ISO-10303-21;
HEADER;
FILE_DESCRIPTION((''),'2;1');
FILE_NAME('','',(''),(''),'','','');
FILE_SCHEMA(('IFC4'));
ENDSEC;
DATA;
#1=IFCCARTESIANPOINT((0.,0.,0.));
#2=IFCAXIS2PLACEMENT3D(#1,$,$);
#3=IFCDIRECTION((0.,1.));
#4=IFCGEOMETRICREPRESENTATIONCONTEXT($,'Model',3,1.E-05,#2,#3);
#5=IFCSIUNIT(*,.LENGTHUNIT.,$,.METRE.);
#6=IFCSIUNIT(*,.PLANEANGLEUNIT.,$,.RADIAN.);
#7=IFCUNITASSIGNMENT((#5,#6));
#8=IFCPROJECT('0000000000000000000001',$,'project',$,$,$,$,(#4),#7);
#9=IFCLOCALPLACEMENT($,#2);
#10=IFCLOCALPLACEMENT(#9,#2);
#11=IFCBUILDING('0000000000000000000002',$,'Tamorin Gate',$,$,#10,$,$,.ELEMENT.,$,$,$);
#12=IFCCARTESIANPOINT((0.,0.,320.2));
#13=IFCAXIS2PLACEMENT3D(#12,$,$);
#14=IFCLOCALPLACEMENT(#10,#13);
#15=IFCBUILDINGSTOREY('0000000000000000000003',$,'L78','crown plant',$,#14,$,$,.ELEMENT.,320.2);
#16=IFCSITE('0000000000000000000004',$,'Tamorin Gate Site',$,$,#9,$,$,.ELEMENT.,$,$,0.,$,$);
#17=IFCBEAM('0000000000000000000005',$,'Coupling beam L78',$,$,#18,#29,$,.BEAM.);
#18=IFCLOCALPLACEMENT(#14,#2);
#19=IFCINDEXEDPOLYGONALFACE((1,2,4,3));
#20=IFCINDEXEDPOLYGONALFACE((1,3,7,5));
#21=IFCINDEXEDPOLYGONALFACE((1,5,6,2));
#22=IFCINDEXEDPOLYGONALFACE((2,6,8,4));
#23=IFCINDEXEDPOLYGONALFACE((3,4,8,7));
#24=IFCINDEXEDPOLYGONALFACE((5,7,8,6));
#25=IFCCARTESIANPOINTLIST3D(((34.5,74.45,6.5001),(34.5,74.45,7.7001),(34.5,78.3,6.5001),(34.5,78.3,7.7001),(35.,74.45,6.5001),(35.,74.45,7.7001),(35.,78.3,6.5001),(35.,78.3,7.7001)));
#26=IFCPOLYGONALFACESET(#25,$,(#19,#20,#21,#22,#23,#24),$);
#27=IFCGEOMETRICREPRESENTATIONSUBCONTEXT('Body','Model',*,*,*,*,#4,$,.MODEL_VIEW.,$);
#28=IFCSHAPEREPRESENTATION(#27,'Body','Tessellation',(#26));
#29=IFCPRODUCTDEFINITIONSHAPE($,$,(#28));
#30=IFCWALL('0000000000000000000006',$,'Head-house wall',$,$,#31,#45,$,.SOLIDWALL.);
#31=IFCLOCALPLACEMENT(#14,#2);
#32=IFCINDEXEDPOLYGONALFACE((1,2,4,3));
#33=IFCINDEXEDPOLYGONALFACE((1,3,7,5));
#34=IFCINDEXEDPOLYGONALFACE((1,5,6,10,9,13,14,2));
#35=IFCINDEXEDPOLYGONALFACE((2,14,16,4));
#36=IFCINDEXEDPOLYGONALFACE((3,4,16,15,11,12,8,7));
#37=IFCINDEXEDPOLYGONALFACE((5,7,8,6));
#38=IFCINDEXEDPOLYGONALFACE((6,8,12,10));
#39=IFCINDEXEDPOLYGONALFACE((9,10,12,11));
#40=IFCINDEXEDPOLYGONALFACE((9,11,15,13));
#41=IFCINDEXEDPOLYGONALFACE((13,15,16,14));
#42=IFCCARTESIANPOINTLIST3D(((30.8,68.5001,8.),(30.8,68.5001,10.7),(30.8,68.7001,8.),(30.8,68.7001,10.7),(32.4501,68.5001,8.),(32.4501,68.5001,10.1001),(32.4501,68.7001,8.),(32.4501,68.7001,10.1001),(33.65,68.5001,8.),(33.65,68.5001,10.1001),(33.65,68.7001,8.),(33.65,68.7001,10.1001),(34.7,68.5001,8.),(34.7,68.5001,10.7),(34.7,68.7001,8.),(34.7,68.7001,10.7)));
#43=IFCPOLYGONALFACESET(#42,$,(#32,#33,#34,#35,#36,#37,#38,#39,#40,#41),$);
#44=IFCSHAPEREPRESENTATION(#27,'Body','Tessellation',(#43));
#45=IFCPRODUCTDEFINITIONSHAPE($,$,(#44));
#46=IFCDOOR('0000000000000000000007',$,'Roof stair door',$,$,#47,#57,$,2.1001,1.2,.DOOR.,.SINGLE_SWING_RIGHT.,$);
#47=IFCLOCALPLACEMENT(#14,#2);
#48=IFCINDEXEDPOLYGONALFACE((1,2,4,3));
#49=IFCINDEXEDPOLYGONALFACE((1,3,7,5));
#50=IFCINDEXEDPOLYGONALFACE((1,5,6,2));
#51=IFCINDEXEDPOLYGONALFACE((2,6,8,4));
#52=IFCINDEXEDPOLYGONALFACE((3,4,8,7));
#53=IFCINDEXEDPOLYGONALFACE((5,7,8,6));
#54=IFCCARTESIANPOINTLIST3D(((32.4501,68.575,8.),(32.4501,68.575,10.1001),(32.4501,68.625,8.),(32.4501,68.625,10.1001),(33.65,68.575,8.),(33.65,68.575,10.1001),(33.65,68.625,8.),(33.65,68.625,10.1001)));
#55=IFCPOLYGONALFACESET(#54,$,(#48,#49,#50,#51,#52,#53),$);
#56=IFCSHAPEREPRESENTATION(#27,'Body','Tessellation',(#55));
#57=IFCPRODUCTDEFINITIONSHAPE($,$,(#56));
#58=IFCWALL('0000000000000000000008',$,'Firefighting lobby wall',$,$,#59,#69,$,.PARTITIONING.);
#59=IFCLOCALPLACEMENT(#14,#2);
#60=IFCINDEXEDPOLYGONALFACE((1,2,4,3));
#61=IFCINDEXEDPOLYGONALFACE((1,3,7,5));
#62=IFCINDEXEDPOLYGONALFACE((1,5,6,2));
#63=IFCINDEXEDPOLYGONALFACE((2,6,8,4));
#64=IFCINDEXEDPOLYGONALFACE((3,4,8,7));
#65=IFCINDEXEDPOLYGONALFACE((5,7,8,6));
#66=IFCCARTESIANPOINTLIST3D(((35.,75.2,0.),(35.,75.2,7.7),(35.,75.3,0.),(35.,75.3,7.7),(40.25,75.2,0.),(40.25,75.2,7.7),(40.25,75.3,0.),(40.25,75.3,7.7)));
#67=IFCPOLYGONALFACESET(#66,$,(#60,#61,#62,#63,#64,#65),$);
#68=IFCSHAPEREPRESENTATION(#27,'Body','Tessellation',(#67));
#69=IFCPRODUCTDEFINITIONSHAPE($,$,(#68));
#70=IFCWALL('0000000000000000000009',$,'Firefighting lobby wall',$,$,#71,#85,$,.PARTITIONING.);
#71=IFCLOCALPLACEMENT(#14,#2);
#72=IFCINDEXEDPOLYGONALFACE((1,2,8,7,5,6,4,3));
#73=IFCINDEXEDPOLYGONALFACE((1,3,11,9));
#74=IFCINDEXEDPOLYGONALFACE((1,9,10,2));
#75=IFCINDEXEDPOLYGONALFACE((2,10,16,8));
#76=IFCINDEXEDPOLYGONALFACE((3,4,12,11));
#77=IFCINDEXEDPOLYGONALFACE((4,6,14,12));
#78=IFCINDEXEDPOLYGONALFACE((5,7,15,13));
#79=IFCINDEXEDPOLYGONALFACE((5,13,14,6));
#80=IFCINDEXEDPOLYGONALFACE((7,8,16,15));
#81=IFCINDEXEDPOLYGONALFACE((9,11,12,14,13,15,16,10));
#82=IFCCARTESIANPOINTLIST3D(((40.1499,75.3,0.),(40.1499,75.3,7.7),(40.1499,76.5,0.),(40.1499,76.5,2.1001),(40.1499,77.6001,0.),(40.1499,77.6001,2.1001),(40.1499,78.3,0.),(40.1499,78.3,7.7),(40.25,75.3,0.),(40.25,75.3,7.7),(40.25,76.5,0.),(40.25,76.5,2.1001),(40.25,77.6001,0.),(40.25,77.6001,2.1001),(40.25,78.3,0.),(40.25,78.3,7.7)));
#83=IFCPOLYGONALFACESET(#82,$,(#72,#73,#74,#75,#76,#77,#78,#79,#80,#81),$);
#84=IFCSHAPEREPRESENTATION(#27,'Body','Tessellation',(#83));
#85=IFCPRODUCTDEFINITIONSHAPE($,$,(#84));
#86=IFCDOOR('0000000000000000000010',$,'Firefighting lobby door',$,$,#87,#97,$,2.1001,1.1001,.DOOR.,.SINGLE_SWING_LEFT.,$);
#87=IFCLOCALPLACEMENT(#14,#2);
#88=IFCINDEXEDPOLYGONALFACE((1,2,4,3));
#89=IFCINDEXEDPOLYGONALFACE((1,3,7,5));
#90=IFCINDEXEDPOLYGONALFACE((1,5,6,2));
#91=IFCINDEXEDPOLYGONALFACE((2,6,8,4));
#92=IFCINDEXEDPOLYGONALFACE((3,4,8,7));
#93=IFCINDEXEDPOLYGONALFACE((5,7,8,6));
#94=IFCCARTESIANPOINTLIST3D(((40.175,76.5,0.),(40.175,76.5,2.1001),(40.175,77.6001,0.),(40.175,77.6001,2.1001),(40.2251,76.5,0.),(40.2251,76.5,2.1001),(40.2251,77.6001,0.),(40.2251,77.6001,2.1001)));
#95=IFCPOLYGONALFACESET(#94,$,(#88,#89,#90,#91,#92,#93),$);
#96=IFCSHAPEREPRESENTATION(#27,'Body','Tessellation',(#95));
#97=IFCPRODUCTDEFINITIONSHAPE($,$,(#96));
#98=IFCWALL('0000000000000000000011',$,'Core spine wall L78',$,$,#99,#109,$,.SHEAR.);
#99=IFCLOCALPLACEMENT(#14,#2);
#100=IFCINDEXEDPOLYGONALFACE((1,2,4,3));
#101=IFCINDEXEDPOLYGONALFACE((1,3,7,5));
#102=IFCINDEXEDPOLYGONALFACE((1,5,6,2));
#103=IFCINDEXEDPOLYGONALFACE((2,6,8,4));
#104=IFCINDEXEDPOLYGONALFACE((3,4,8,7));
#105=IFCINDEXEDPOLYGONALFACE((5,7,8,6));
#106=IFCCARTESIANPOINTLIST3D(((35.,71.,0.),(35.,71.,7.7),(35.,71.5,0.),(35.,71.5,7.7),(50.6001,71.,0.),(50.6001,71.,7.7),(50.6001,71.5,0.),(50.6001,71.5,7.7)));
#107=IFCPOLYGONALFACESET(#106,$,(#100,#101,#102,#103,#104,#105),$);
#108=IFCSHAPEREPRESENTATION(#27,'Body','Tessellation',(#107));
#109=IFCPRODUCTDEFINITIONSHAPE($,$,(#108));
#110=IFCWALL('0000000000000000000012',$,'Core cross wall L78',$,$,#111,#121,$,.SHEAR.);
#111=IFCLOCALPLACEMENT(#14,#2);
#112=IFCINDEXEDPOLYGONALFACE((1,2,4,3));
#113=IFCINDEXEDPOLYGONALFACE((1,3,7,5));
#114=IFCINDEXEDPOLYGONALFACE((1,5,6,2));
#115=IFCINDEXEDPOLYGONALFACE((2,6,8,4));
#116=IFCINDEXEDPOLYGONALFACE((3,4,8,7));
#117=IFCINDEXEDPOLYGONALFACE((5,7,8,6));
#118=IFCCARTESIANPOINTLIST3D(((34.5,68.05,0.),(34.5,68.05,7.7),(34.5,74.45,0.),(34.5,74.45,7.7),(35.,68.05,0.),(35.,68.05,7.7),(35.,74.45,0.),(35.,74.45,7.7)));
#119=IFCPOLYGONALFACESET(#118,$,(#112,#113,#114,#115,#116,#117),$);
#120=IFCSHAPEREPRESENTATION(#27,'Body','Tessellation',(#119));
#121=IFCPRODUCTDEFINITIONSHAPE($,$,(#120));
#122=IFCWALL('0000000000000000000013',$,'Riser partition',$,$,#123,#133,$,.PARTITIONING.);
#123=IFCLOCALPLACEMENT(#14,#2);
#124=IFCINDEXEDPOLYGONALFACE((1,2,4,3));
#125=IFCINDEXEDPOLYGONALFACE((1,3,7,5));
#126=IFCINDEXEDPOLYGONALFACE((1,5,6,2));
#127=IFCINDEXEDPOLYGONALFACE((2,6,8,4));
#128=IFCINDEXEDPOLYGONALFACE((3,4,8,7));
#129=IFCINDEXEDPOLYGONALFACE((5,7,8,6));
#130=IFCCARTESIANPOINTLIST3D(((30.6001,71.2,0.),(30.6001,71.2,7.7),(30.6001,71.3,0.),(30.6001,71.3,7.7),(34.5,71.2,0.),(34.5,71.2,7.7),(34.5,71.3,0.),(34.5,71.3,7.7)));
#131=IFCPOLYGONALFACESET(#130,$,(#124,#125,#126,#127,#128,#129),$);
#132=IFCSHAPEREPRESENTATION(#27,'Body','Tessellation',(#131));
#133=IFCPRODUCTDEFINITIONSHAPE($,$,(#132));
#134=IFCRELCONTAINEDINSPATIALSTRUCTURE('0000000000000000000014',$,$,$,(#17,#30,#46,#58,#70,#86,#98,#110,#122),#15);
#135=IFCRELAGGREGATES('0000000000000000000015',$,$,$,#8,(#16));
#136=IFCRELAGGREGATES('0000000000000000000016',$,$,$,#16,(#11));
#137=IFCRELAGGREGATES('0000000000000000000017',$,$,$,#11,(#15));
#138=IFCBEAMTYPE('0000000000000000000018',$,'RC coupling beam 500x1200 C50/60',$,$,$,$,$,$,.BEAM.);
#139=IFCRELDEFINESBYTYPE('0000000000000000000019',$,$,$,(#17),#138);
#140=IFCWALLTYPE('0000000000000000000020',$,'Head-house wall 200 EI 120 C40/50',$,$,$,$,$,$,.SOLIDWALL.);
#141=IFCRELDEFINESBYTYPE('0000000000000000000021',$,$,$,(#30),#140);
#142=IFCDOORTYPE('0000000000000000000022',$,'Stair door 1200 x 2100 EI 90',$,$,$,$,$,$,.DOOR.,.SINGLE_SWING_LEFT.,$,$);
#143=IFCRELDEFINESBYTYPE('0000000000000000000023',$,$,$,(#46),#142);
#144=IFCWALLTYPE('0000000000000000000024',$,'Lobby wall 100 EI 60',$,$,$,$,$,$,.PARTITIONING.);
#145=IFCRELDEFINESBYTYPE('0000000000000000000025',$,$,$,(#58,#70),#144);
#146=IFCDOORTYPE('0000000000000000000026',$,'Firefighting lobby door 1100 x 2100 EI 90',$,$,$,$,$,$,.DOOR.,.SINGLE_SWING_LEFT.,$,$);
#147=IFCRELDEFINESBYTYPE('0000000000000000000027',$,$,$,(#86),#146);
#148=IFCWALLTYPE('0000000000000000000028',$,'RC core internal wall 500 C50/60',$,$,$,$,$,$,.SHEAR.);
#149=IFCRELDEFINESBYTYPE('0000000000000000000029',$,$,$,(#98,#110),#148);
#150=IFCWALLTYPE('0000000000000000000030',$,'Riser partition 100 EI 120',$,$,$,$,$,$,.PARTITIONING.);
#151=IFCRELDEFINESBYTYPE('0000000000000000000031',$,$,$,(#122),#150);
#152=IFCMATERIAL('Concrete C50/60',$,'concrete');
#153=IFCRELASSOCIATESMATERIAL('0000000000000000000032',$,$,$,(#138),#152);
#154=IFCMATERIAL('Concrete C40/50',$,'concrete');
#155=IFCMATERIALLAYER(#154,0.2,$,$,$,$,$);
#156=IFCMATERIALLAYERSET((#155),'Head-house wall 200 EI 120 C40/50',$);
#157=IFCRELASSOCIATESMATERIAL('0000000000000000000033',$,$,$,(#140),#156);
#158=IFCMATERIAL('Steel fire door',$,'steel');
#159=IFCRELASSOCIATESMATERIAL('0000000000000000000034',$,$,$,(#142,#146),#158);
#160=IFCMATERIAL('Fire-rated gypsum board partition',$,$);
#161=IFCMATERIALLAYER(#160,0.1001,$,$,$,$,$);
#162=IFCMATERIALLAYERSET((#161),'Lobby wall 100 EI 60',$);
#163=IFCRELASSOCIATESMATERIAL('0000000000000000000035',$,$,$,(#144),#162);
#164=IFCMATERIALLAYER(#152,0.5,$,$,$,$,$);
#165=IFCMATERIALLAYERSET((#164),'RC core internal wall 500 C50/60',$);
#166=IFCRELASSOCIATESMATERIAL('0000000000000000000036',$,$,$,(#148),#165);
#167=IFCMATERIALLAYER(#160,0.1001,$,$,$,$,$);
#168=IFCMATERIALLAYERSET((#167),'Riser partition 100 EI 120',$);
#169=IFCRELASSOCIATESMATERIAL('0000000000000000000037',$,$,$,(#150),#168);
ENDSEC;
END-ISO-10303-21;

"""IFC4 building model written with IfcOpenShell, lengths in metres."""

from ifc_helpers import new_model, si_unit, direction, frame, frame_2d, origin, origin_2d, place, context, subcontext, project, spatial, rectangle, extrude, material, layer, layer_set, material_profile, profile_set, type_object, element, fill, save


model = new_model("IFC4")

# Units and contexts
model_context = context("Model", 3, precision=1e-05, world=origin(), true_north=direction((0.0, 1.0)))
body_context = subcontext(model_context, "Body", "Model", "MODEL_VIEW")
ifc_project = project(units=[si_unit("LENGTHUNIT", "METRE"), si_unit("PLANEANGLEUNIT", "RADIAN")], contexts=[model_context])

# Site, building, storey
site_placement = place(None, origin())
site = spatial("IfcSite", under=ifc_project, at=site_placement, Name="Tamorin Gate Site", CompositionType="ELEMENT", RefElevation=0.0)
building_placement = place(site_placement, origin())
building = spatial("IfcBuilding", under=site, at=building_placement, Name="Tamorin Gate", CompositionType="ELEMENT")
storey_placement = place(building_placement, frame((0.0, 0.0, 320.2)))
storey = spatial("IfcBuildingStorey", under=building, at=storey_placement, Name="L78", Description="crown plant", CompositionType="ELEMENT", Elevation=320.2)

# Beam
ifc_material_1 = material(Name="Concrete C50/60", Category="concrete")
ifc_material_profile = material_profile(ifc_material_1, rectangle(XDim=0.5, YDim=1.2, at=origin_2d()), Name="RC 500x1200")
ifc_profile_set = profile_set([ifc_material_profile], Name="Concrete C50/60")
beam_type = type_object("IfcBeamType", Name="RC coupling beam 500x1200 C50/60", PredefinedType="BEAM", material=ifc_profile_set)
beam_placement = place(storey_placement, frame((34.75, 74.45, 7.1001), z_axis=(0.0, 1.0, 0.0), x_axis=(-1.0, 0.0, 0.0)))
element("IfcBeam", 1, at=beam_placement, inside=storey, type_object=beam_type, Name="Coupling beam L78", PredefinedType="BEAM", context=body_context, shape_type="SweptSolid", body=[
    extrude(rectangle(XDim=0.5, YDim=1.2, at=origin_2d()), origin(), (0.0, 0.0, 1.0), 3.8501),
])

# Wall, opening, door
ifc_material_2 = material(Name="Concrete C40/50", Category="concrete")
ifc_layer_1 = layer(ifc_material_2, 0.2)
ifc_layer_set_1 = layer_set([ifc_layer_1], Name="Head-house wall 200 EI 120 C40/50")
wall_type_1 = type_object("IfcWallType", Name="Head-house wall 200 EI 120 C40/50", PredefinedType="SOLIDWALL", material=ifc_layer_set_1)
wall_1_placement = place(storey_placement, frame((30.8, 68.6001, 8.0), z_axis=(0.0, 0.0, 1.0), x_axis=(1.0, 0.0, 0.0)))
wall_1 = element("IfcWall", 2, at=wall_1_placement, inside=storey, type_object=wall_type_1, Name="Head-house wall", PredefinedType="SOLIDWALL", context=body_context, shape_type="SweptSolid", body=[
    extrude(rectangle(XDim=3.8999, YDim=0.2, at=frame_2d((1.95, 0.0))), origin(), (0.0, 0.0, 1.0), 2.7),
])
opening_1_placement = place(wall_1_placement, frame((1.6499, 0.0, 0.0)))
opening_1 = element("IfcOpeningElement", 3, at=opening_1_placement, cuts=wall_1, PredefinedType="OPENING", context=body_context, shape_type="SweptSolid", body=[
    extrude(rectangle(XDim=1.2, YDim=2.1001, at=frame_2d((0.6001, 1.05))), frame((0.0, 0.1099, 0.0), z_axis=(0.0, -1.0, 0.0), x_axis=(1.0, 0.0, 0.0)), (0.0, 0.0, 1.0), 0.22),
])
ifc_material_3 = material(Name="Steel fire door", Category="steel")
door_type_1 = type_object("IfcDoorType", Name="Stair door 1200 x 2100 EI 90", OperationType="SINGLE_SWING_LEFT", PredefinedType="DOOR", material=ifc_material_3)
door_1_placement = place(opening_1_placement, origin())
door_1 = element("IfcDoor", 4, at=door_1_placement, inside=storey, type_object=door_type_1, Name="Roof stair door", OperationType="SINGLE_SWING_RIGHT", OverallHeight=2.1001, OverallWidth=1.2, PredefinedType="DOOR", context=body_context, shape_type="SweptSolid", body=[
    extrude(rectangle(XDim=1.2, YDim=2.1001, at=frame_2d((0.6001, 1.05))), frame((0.0, 0.0249, 0.0), z_axis=(0.0, -1.0, 0.0), x_axis=(1.0, 0.0, 0.0)), (0.0, 0.0, 1.0), 0.05),
])
fill(opening_1, door_1)

# Wall
ifc_material_4 = material(Name="Fire-rated gypsum board partition")
ifc_layer_2 = layer(ifc_material_4, 0.1001)
ifc_layer_set_2 = layer_set([ifc_layer_2], Name="Lobby wall 100 EI 60")
wall_type_2 = type_object("IfcWallType", Name="Lobby wall 100 EI 60", PredefinedType="PARTITIONING", material=ifc_layer_set_2)
wall_2_placement = place(storey_placement, frame((35.0, 75.25, 0.0), z_axis=(0.0, 0.0, 1.0), x_axis=(1.0, 0.0, 0.0)))
element("IfcWall", 5, at=wall_2_placement, inside=storey, type_object=wall_type_2, Name="Firefighting lobby wall", PredefinedType="PARTITIONING", context=body_context, shape_type="SweptSolid", body=[
    extrude(rectangle(XDim=5.25, YDim=0.1001, at=frame_2d((2.625, 0.0))), origin(), (0.0, 0.0, 1.0), 7.7),
])

# Wall, opening, door
wall_3_placement = place(storey_placement, frame((40.2, 75.3, 0.0), z_axis=(0.0, 0.0, 1.0), x_axis=(0.0, 1.0, 0.0)))
wall_3 = element("IfcWall", 6, at=wall_3_placement, inside=storey, type_object=wall_type_2, Name="Firefighting lobby wall", PredefinedType="PARTITIONING", context=body_context, shape_type="SweptSolid", body=[
    extrude(rectangle(XDim=3.0, YDim=0.1001, at=frame_2d((1.5, 0.0))), origin(), (0.0, 0.0, 1.0), 7.7),
])
opening_2_placement = place(wall_3_placement, frame((1.2, 0.0, 0.0)))
opening_2 = element("IfcOpeningElement", 7, at=opening_2_placement, cuts=wall_3, PredefinedType="OPENING", context=body_context, shape_type="SweptSolid", body=[
    extrude(rectangle(XDim=1.1001, YDim=2.1001, at=frame_2d((0.55, 1.05))), frame((0.0, 0.0601, 0.0), z_axis=(0.0, -1.0, 0.0), x_axis=(1.0, 0.0, 0.0)), (0.0, 0.0, 1.0), 0.1201),
])
door_type_2 = type_object("IfcDoorType", Name="Firefighting lobby door 1100 x 2100 EI 90", OperationType="SINGLE_SWING_LEFT", PredefinedType="DOOR", material=ifc_material_3)
door_2_placement = place(opening_2_placement, origin())
door_2 = element("IfcDoor", 8, at=door_2_placement, inside=storey, type_object=door_type_2, Name="Firefighting lobby door", OperationType="SINGLE_SWING_LEFT", OverallHeight=2.1001, OverallWidth=1.1001, PredefinedType="DOOR", context=body_context, shape_type="SweptSolid", body=[
    extrude(rectangle(XDim=1.1001, YDim=2.1001, at=frame_2d((0.55, 1.05))), frame((0.0, 0.0249, 0.0), z_axis=(0.0, -1.0, 0.0), x_axis=(1.0, 0.0, 0.0)), (0.0, 0.0, 1.0), 0.05),
])
fill(opening_2, door_2)

# Walls
ifc_layer_3 = layer(ifc_material_1, 0.5)
ifc_layer_set_3 = layer_set([ifc_layer_3], Name="RC core internal wall 500 C50/60")
wall_type_3 = type_object("IfcWallType", Name="RC core internal wall 500 C50/60", PredefinedType="SHEAR", material=ifc_layer_set_3)
wall_4_placement = place(storey_placement, frame((35.0, 71.25, 0.0), z_axis=(0.0, 0.0, 1.0), x_axis=(1.0, 0.0, 0.0)))
element("IfcWall", 9, at=wall_4_placement, inside=storey, type_object=wall_type_3, Name="Core spine wall L78", PredefinedType="SHEAR", context=body_context, shape_type="SweptSolid", body=[
    extrude(rectangle(XDim=15.6001, YDim=0.5, at=frame_2d((7.8, 0.0))), origin(), (0.0, 0.0, 1.0), 7.7),
])
wall_5_placement = place(storey_placement, frame((34.75, 68.05, 0.0), z_axis=(0.0, 0.0, 1.0), x_axis=(0.0, 1.0, 0.0)))
element("IfcWall", 10, at=wall_5_placement, inside=storey, type_object=wall_type_3, Name="Core cross wall L78", PredefinedType="SHEAR", context=body_context, shape_type="SweptSolid", body=[
    extrude(rectangle(XDim=6.3999, YDim=0.5, at=frame_2d((3.2, 0.0))), origin(), (0.0, 0.0, 1.0), 7.7),
])
ifc_layer_4 = layer(ifc_material_4, 0.1001)
ifc_layer_set_4 = layer_set([ifc_layer_4], Name="Riser partition 100 EI 120")
wall_type_4 = type_object("IfcWallType", Name="Riser partition 100 EI 120", PredefinedType="PARTITIONING", material=ifc_layer_set_4)
wall_6_placement = place(storey_placement, frame((30.6001, 71.25, 0.0), z_axis=(0.0, 0.0, 1.0), x_axis=(1.0, 0.0, 0.0)))
element("IfcWall", 11, at=wall_6_placement, inside=storey, type_object=wall_type_4, Name="Riser partition", PredefinedType="PARTITIONING", context=body_context, shape_type="SweptSolid", body=[
    extrude(rectangle(XDim=3.8999, YDim=0.1001, at=frame_2d((1.95, 0.0))), origin(), (0.0, 0.0, 1.0), 7.7),
])

save(model, "model.ifc")
